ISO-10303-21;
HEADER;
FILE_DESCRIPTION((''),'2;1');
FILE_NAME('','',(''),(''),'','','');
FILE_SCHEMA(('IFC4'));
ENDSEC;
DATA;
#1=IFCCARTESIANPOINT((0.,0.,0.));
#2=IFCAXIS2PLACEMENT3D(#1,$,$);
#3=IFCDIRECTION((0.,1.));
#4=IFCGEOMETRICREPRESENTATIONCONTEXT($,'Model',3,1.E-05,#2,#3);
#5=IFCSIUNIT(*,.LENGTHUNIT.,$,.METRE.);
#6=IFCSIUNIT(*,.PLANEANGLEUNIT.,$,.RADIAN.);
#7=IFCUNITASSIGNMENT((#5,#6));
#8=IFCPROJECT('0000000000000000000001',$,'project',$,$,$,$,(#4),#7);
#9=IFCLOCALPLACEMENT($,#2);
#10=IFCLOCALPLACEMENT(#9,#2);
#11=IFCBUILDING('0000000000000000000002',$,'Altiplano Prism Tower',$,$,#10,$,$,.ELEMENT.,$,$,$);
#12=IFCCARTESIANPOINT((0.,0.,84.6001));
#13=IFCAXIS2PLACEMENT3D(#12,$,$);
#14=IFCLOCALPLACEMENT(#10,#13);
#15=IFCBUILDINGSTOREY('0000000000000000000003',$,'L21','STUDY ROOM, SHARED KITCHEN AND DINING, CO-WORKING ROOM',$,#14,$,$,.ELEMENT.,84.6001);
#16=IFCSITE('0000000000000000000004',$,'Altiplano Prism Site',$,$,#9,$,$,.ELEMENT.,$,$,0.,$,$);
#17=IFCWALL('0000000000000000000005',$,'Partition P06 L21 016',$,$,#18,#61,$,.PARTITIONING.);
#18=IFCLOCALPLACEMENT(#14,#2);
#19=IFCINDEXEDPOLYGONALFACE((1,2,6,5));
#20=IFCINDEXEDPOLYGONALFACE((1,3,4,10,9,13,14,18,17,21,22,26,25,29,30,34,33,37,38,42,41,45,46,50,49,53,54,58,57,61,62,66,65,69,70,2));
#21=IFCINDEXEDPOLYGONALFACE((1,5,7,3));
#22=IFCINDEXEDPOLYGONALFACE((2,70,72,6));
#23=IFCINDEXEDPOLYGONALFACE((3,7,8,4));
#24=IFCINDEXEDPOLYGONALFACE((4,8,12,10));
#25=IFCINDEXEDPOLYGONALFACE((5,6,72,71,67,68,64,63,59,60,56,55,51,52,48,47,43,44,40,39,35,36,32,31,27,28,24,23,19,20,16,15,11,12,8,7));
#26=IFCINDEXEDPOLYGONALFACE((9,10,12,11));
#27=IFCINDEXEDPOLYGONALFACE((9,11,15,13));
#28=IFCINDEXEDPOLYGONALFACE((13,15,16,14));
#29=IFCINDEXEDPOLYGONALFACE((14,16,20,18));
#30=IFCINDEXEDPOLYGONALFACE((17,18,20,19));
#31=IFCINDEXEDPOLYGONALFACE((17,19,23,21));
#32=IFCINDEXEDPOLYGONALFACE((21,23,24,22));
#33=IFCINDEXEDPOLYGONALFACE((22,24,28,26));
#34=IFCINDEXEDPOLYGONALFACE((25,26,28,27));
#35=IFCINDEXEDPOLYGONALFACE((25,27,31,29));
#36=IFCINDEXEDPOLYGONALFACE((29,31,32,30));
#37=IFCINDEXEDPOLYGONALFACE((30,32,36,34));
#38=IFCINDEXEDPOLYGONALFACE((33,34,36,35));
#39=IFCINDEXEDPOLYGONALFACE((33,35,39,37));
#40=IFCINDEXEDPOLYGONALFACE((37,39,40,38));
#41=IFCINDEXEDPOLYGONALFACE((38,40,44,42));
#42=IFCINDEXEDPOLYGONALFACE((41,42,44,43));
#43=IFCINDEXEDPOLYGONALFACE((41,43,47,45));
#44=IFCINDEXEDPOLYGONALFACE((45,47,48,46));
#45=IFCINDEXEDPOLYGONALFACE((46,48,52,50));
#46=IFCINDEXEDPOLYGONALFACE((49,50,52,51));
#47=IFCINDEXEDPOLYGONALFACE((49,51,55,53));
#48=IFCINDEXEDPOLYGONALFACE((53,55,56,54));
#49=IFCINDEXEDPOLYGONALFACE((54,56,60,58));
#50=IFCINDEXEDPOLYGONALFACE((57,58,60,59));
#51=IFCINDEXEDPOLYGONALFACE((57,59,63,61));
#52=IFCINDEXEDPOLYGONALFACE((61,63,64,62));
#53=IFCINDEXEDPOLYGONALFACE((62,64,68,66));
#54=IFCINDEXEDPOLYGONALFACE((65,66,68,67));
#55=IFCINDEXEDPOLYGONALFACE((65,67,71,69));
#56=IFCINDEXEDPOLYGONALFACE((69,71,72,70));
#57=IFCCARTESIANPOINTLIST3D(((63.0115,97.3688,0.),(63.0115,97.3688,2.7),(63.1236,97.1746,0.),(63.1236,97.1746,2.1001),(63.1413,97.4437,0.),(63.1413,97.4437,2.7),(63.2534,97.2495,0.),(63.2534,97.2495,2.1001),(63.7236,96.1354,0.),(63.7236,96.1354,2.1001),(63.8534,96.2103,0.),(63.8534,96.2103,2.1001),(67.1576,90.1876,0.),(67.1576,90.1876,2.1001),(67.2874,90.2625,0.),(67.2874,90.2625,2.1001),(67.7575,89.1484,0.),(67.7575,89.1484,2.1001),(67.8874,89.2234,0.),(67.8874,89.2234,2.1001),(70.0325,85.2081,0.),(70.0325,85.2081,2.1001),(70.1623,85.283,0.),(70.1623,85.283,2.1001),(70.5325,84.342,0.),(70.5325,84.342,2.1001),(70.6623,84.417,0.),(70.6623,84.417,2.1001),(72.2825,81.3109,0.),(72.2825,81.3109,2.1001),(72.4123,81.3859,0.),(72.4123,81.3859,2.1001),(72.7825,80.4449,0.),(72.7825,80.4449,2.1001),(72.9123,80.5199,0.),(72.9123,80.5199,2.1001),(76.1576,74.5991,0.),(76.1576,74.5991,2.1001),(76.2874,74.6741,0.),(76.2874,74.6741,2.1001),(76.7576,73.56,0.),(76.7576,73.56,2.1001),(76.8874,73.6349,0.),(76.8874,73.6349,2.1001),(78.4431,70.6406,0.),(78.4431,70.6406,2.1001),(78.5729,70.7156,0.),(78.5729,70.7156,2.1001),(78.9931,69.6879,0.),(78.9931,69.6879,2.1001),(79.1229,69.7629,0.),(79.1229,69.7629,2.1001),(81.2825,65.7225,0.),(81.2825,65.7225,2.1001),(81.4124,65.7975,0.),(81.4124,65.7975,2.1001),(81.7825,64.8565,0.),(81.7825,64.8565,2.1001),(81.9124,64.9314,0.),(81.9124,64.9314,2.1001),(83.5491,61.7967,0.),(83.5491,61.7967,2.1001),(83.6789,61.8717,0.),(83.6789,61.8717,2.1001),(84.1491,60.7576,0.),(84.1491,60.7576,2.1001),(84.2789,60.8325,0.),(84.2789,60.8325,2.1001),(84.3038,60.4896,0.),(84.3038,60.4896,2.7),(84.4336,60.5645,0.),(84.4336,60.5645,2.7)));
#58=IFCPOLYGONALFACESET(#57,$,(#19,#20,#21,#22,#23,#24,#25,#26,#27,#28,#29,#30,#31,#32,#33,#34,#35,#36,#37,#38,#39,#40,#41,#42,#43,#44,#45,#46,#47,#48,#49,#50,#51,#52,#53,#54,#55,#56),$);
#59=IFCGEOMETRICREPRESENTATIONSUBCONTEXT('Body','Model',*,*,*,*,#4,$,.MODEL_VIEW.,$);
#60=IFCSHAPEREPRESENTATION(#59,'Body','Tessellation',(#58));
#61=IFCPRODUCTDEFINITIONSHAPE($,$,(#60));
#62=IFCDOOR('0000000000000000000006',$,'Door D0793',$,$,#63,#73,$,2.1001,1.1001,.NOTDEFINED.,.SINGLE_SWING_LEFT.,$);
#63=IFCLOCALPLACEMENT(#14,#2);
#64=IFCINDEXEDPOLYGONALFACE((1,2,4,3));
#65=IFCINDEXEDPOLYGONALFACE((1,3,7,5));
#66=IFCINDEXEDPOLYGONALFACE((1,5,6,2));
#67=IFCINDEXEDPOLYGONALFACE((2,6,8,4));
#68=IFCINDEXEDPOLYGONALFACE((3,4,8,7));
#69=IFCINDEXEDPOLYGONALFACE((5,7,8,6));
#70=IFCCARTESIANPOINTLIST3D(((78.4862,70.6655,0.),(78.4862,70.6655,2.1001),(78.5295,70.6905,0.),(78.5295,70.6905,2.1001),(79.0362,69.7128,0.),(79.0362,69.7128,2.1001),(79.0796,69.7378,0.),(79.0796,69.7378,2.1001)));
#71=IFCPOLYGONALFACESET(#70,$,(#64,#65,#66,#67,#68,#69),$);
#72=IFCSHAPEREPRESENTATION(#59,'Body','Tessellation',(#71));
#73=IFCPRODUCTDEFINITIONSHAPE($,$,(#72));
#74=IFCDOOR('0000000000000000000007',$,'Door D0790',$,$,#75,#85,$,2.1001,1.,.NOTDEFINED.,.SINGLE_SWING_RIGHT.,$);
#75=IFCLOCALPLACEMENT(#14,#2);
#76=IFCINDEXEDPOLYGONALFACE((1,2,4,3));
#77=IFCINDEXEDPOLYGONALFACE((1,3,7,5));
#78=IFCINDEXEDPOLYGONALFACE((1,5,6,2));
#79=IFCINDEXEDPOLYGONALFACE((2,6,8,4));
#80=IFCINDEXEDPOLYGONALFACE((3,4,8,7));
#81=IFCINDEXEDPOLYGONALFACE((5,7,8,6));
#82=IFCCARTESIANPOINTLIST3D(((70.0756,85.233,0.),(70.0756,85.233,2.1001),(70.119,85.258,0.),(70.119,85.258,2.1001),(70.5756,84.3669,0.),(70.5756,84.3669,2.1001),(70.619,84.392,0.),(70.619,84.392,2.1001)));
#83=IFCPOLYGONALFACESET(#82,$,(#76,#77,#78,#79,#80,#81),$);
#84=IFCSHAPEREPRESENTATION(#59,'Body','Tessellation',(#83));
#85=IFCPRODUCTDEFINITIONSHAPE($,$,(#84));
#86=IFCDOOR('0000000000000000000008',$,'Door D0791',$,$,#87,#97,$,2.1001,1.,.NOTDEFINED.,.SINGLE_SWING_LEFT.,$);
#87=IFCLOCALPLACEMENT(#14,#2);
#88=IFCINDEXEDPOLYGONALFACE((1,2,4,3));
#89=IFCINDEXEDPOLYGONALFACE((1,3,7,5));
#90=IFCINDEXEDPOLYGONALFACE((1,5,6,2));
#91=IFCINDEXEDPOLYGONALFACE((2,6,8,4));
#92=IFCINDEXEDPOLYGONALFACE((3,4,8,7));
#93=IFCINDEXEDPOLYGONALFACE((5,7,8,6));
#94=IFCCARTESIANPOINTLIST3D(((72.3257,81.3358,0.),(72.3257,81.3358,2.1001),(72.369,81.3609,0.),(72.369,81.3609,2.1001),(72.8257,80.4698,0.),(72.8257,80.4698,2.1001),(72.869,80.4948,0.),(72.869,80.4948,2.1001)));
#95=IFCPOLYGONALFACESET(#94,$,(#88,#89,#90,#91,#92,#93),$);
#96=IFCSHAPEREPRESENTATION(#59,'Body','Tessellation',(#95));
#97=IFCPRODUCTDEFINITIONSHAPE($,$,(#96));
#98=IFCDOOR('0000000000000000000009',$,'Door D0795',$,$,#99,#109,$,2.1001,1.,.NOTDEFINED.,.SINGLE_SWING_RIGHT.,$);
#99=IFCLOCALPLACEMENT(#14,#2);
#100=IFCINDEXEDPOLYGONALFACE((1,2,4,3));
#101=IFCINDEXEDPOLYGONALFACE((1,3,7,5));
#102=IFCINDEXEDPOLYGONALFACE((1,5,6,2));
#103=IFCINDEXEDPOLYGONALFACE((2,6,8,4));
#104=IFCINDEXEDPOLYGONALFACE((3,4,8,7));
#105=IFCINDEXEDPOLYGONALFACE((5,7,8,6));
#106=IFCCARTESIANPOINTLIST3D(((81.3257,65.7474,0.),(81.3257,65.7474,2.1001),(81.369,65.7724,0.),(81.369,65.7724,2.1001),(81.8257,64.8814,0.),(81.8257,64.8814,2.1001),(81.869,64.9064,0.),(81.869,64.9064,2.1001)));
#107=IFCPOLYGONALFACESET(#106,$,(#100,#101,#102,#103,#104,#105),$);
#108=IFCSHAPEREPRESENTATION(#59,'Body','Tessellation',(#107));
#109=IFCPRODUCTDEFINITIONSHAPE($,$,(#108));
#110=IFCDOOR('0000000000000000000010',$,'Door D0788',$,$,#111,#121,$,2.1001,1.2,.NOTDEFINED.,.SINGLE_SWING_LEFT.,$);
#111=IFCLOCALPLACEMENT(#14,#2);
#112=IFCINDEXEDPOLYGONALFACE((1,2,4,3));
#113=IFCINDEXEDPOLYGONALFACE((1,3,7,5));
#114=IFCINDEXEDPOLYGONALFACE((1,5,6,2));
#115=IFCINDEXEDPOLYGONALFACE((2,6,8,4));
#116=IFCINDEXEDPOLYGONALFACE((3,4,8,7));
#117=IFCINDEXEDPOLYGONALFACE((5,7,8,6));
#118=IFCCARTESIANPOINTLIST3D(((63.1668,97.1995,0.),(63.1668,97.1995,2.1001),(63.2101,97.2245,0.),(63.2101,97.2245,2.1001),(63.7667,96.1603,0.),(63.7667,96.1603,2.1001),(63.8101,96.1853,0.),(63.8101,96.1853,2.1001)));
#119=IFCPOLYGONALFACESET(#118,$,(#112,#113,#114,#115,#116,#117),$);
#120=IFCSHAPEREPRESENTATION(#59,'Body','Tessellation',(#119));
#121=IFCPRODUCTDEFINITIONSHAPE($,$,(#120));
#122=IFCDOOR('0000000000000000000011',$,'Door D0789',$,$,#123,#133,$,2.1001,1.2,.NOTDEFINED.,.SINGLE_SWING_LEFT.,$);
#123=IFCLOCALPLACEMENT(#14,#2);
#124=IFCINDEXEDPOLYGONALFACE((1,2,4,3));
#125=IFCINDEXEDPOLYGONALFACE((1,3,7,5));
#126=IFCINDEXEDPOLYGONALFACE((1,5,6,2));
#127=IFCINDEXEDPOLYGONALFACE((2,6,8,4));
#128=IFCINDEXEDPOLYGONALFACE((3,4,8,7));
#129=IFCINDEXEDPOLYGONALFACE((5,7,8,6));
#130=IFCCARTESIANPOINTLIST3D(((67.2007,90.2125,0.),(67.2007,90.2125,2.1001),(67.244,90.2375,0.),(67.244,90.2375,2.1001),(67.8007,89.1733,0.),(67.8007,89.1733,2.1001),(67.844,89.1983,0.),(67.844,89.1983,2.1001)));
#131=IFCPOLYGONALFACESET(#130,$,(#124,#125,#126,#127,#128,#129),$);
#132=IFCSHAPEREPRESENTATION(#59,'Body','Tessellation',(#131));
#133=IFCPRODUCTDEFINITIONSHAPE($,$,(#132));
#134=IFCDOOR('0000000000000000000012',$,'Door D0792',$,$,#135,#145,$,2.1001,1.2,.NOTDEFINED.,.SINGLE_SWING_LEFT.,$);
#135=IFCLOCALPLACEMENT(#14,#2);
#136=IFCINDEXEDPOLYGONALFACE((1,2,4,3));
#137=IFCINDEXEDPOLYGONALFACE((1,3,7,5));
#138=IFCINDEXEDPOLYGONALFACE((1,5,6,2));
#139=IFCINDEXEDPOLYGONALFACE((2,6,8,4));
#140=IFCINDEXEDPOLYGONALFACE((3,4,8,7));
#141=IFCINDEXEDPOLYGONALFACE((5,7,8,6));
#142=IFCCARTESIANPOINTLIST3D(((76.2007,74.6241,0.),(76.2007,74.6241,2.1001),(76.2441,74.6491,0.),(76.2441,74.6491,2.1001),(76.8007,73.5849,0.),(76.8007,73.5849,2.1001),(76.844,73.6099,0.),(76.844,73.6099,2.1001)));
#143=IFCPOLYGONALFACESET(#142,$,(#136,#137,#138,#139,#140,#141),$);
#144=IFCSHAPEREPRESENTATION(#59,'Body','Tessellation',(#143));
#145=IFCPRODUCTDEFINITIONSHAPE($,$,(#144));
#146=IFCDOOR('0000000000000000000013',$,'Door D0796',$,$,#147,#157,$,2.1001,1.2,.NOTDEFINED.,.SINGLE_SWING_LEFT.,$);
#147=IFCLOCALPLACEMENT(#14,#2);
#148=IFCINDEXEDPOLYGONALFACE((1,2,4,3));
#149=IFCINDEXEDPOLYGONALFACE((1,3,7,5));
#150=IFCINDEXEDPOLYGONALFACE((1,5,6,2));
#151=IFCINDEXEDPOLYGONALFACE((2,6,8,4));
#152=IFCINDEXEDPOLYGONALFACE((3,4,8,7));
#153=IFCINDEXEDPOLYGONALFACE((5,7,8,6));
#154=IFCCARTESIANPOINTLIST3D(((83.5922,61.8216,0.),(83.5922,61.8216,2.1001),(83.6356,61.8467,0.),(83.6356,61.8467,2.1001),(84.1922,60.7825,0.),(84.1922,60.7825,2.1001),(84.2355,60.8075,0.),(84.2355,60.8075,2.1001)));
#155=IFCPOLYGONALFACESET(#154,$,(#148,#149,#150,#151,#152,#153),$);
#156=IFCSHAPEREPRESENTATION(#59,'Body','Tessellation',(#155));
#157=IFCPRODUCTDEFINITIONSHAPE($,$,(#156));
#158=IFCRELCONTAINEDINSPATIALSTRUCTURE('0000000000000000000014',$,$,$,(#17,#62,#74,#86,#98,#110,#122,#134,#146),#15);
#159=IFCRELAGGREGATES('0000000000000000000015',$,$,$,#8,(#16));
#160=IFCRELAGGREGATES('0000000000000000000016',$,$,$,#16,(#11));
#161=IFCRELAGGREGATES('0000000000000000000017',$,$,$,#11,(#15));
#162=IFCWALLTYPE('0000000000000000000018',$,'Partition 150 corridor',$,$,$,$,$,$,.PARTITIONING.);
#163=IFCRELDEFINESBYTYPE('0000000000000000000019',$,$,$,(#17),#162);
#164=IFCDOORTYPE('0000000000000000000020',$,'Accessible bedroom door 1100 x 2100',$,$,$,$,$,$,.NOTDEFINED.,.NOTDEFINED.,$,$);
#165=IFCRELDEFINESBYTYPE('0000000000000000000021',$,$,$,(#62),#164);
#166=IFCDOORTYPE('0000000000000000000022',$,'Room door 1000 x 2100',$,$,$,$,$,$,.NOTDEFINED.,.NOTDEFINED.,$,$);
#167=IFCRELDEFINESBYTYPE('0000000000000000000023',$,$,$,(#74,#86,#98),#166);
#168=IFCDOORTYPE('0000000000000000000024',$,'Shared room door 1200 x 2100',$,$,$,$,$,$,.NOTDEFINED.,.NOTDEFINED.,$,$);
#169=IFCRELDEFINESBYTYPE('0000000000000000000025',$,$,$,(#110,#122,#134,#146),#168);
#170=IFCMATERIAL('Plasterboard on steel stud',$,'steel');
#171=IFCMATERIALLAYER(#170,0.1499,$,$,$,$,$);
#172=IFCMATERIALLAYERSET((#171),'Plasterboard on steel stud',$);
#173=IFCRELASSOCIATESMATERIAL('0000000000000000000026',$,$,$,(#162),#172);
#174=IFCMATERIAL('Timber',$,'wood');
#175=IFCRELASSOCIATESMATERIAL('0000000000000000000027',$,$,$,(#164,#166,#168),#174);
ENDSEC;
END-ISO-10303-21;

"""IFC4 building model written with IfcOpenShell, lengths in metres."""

from ifc_helpers import new_model, si_unit, direction, frame, frame_2d, origin, place, context, subcontext, project, spatial, rectangle, extrude, material, layer, layer_set, type_object, element, fill, save


model = new_model("IFC4")

# Units and contexts
model_context = context("Model", 3, precision=1e-05, world=origin(), true_north=direction((0.0, 1.0)))
body_context = subcontext(model_context, "Body", "Model", "MODEL_VIEW")
ifc_project = project(units=[si_unit("LENGTHUNIT", "METRE"), si_unit("PLANEANGLEUNIT", "RADIAN")], contexts=[model_context])

# Site, building, storey
site_placement = place(None, origin())
site = spatial("IfcSite", under=ifc_project, at=site_placement, Name="Altiplano Prism Site", CompositionType="ELEMENT", RefElevation=0.0)
building_placement = place(site_placement, origin())
building = spatial("IfcBuilding", under=site, at=building_placement, Name="Altiplano Prism Tower", CompositionType="ELEMENT")
storey_placement = place(building_placement, frame((0.0, 0.0, 84.6001)))
storey = spatial("IfcBuildingStorey", under=building, at=storey_placement, Name="L21", Description="STUDY ROOM, SHARED KITCHEN AND DINING, CO-WORKING ROOM", CompositionType="ELEMENT", Elevation=84.6001)

# Shared definitions
ifc_material_1 = material(Name="Plasterboard on steel stud", Category="steel")

# Shared definitions
ifc_layer_1 = layer(ifc_material_1, 0.1499)
ifc_layer_set_1 = layer_set([ifc_layer_1], Name="Plasterboard on steel stud")
wall_type_1 = type_object("IfcWallType", Name="Partition 150 corridor", PredefinedType="PARTITIONING", material=ifc_layer_set_1)
ifc_material_2 = material(Name="Timber", Category="wood")

# Wall, openings, doors
wall_1_placement = place(storey_placement, frame((63.0764, 97.4062, 0.0), z_axis=(0.0, 0.0, 1.0), x_axis=(0.500001, -0.866025, 0.0)))
wall_1 = element("IfcWall", 1, at=wall_1_placement, inside=storey, type_object=wall_type_1, Name="Partition P06 L21 016", PredefinedType="PARTITIONING", context=body_context, shape_type="SweptSolid", body=[
    extrude(rectangle(XDim=42.5845, YDim=0.1499, at=frame_2d((21.2922, 0.0))), origin(), (0.0, 0.0, 1.0), 2.7),
])
opening_1_placement = place(wall_1_placement, frame((0.2241, 0.0, 0.0)))
opening_1 = element("IfcOpeningElement", 2, at=opening_1_placement, cuts=wall_1, PredefinedType="OPENING", context=body_context, shape_type="SweptSolid", body=[
    extrude(rectangle(XDim=1.2, YDim=2.1001, at=frame_2d((0.6001, 1.05))), frame((0.0, 0.0854, 0.0), z_axis=(0.0, -1.0, 0.0), x_axis=(1.0, 0.0, 0.0)), (0.0, 0.0, 1.0), 0.1709),
])
opening_2_placement = place(wall_1_placement, frame((8.292, 0.0, 0.0)))
opening_2 = element("IfcOpeningElement", 3, at=opening_2_placement, cuts=wall_1, PredefinedType="OPENING", context=body_context, shape_type="SweptSolid", body=[
    extrude(rectangle(XDim=1.2, YDim=2.1001, at=frame_2d((0.6001, 1.05))), frame((0.0, 0.0854, 0.0), z_axis=(0.0, -1.0, 0.0), x_axis=(1.0, 0.0, 0.0)), (0.0, 0.0, 1.0), 0.1709),
])
opening_3_placement = place(wall_1_placement, frame((14.042, 0.0, 0.0)))
opening_3 = element("IfcOpeningElement", 4, at=opening_3_placement, cuts=wall_1, PredefinedType="OPENING", context=body_context, shape_type="SweptSolid", body=[
    extrude(rectangle(XDim=1.0, YDim=2.1001, at=frame_2d((0.5, 1.05))), frame((0.0, 0.0854, 0.0), z_axis=(0.0, -1.0, 0.0), x_axis=(1.0, 0.0, 0.0)), (0.0, 0.0, 1.0), 0.1709),
])
opening_4_placement = place(wall_1_placement, frame((18.542, 0.0, 0.0)))
opening_4 = element("IfcOpeningElement", 5, at=opening_4_placement, cuts=wall_1, PredefinedType="OPENING", context=body_context, shape_type="SweptSolid", body=[
    extrude(rectangle(XDim=1.0, YDim=2.1001, at=frame_2d((0.5, 1.05))), frame((0.0, 0.0854, 0.0), z_axis=(0.0, -1.0, 0.0), x_axis=(1.0, 0.0, 0.0)), (0.0, 0.0, 1.0), 0.1709),
])
opening_5_placement = place(wall_1_placement, frame((26.292, 0.0, 0.0)))
opening_5 = element("IfcOpeningElement", 6, at=opening_5_placement, cuts=wall_1, PredefinedType="OPENING", context=body_context, shape_type="SweptSolid", body=[
    extrude(rectangle(XDim=1.2, YDim=2.1001, at=frame_2d((0.6001, 1.05))), frame((0.0, 0.0854, 0.0), z_axis=(0.0, -1.0, 0.0), x_axis=(1.0, 0.0, 0.0)), (0.0, 0.0, 1.0), 0.1709),
])
opening_6_placement = place(wall_1_placement, frame((30.863, 0.0, 0.0)))
opening_6 = element("IfcOpeningElement", 7, at=opening_6_placement, cuts=wall_1, PredefinedType="OPENING", context=body_context, shape_type="SweptSolid", body=[
    extrude(rectangle(XDim=1.1001, YDim=2.1001, at=frame_2d((0.55, 1.05))), frame((0.0, 0.0854, 0.0), z_axis=(0.0, -1.0, 0.0), x_axis=(1.0, 0.0, 0.0)), (0.0, 0.0, 1.0), 0.1709),
])
opening_7_placement = place(wall_1_placement, frame((36.542, 0.0, 0.0)))
opening_7 = element("IfcOpeningElement", 8, at=opening_7_placement, cuts=wall_1, PredefinedType="OPENING", context=body_context, shape_type="SweptSolid", body=[
    extrude(rectangle(XDim=1.0, YDim=2.1001, at=frame_2d((0.5, 1.05))), frame((0.0, 0.0854, 0.0), z_axis=(0.0, -1.0, 0.0), x_axis=(1.0, 0.0, 0.0)), (0.0, 0.0, 1.0), 0.1709),
])
opening_8_placement = place(wall_1_placement, frame((41.075, 0.0, 0.0)))
opening_8 = element("IfcOpeningElement", 9, at=opening_8_placement, cuts=wall_1, PredefinedType="OPENING", context=body_context, shape_type="SweptSolid", body=[
    extrude(rectangle(XDim=1.2, YDim=2.1001, at=frame_2d((0.6001, 1.05))), frame((0.0, 0.0854, 0.0), z_axis=(0.0, -1.0, 0.0), x_axis=(1.0, 0.0, 0.0)), (0.0, 0.0, 1.0), 0.1709),
])
door_type_1 = type_object("IfcDoorType", Name="Accessible bedroom door 1100 x 2100", OperationType="NOTDEFINED", PredefinedType="NOTDEFINED", material=ifc_material_2)
door_1_placement = place(opening_6_placement, origin())
door_1 = element("IfcDoor", 10, at=door_1_placement, inside=storey, type_object=door_type_1, Name="Door D0793", OperationType="SINGLE_SWING_LEFT", OverallHeight=2.1001, OverallWidth=1.1001, PredefinedType="NOTDEFINED", context=body_context, shape_type="SweptSolid", body=[
    extrude(rectangle(XDim=1.1001, YDim=2.1001, at=frame_2d((0.55, 1.05))), frame((0.0, 0.0249, 0.0), z_axis=(0.0, -1.0, 0.0), x_axis=(1.0, 0.0, 0.0)), (0.0, 0.0, 1.0), 0.05),
])
fill(opening_6, door_1)
door_type_2 = type_object("IfcDoorType", Name="Room door 1000 x 2100", OperationType="NOTDEFINED", PredefinedType="NOTDEFINED", material=ifc_material_2)
door_2_placement = place(opening_3_placement, origin())
door_2 = element("IfcDoor", 11, at=door_2_placement, inside=storey, type_object=door_type_2, Name="Door D0790", OperationType="SINGLE_SWING_RIGHT", OverallHeight=2.1001, OverallWidth=1.0, PredefinedType="NOTDEFINED", context=body_context, shape_type="SweptSolid", body=[
    extrude(rectangle(XDim=1.0, YDim=2.1001, at=frame_2d((0.5, 1.05))), frame((0.0, 0.0249, 0.0), z_axis=(0.0, -1.0, 0.0), x_axis=(1.0, 0.0, 0.0)), (0.0, 0.0, 1.0), 0.05),
])
fill(opening_3, door_2)
door_3_placement = place(opening_4_placement, origin())
door_3 = element("IfcDoor", 12, at=door_3_placement, inside=storey, type_object=door_type_2, Name="Door D0791", OperationType="SINGLE_SWING_LEFT", OverallHeight=2.1001, OverallWidth=1.0, PredefinedType="NOTDEFINED", context=body_context, shape_type="SweptSolid", body=[
    extrude(rectangle(XDim=1.0, YDim=2.1001, at=frame_2d((0.5, 1.05))), frame((0.0, 0.0249, 0.0), z_axis=(0.0, -1.0, 0.0), x_axis=(1.0, 0.0, 0.0)), (0.0, 0.0, 1.0), 0.05),
])
fill(opening_4, door_3)
door_4_placement = place(opening_7_placement, origin())
door_4 = element("IfcDoor", 13, at=door_4_placement, inside=storey, type_object=door_type_2, Name="Door D0795", OperationType="SINGLE_SWING_RIGHT", OverallHeight=2.1001, OverallWidth=1.0, PredefinedType="NOTDEFINED", context=body_context, shape_type="SweptSolid", body=[
    extrude(rectangle(XDim=1.0, YDim=2.1001, at=frame_2d((0.5, 1.05))), frame((0.0, 0.0249, 0.0), z_axis=(0.0, -1.0, 0.0), x_axis=(1.0, 0.0, 0.0)), (0.0, 0.0, 1.0), 0.05),
])
fill(opening_7, door_4)
door_type_3 = type_object("IfcDoorType", Name="Shared room door 1200 x 2100", OperationType="NOTDEFINED", PredefinedType="NOTDEFINED", material=ifc_material_2)
door_5_placement = place(opening_1_placement, origin())
door_5 = element("IfcDoor", 14, at=door_5_placement, inside=storey, type_object=door_type_3, Name="Door D0788", OperationType="SINGLE_SWING_LEFT", OverallHeight=2.1001, OverallWidth=1.2, PredefinedType="NOTDEFINED", context=body_context, shape_type="SweptSolid", body=[
    extrude(rectangle(XDim=1.2, YDim=2.1001, at=frame_2d((0.6001, 1.05))), frame((0.0, 0.0249, 0.0), z_axis=(0.0, -1.0, 0.0), x_axis=(1.0, 0.0, 0.0)), (0.0, 0.0, 1.0), 0.05),
])
fill(opening_1, door_5)
door_6_placement = place(opening_2_placement, origin())
door_6 = element("IfcDoor", 15, at=door_6_placement, inside=storey, type_object=door_type_3, Name="Door D0789", OperationType="SINGLE_SWING_LEFT", OverallHeight=2.1001, OverallWidth=1.2, PredefinedType="NOTDEFINED", context=body_context, shape_type="SweptSolid", body=[
    extrude(rectangle(XDim=1.2, YDim=2.1001, at=frame_2d((0.6001, 1.05))), frame((0.0, 0.0249, 0.0), z_axis=(0.0, -1.0, 0.0), x_axis=(1.0, 0.0, 0.0)), (0.0, 0.0, 1.0), 0.05),
])
fill(opening_2, door_6)
door_7_placement = place(opening_5_placement, origin())
door_7 = element("IfcDoor", 16, at=door_7_placement, inside=storey, type_object=door_type_3, Name="Door D0792", OperationType="SINGLE_SWING_LEFT", OverallHeight=2.1001, OverallWidth=1.2, PredefinedType="NOTDEFINED", context=body_context, shape_type="SweptSolid", body=[
    extrude(rectangle(XDim=1.2, YDim=2.1001, at=frame_2d((0.6001, 1.05))), frame((0.0, 0.0249, 0.0), z_axis=(0.0, -1.0, 0.0), x_axis=(1.0, 0.0, 0.0)), (0.0, 0.0, 1.0), 0.05),
])
fill(opening_5, door_7)
door_8_placement = place(opening_8_placement, origin())
door_8 = element("IfcDoor", 17, at=door_8_placement, inside=storey, type_object=door_type_3, Name="Door D0796", OperationType="SINGLE_SWING_LEFT", OverallHeight=2.1001, OverallWidth=1.2, PredefinedType="NOTDEFINED", context=body_context, shape_type="SweptSolid", body=[
    extrude(rectangle(XDim=1.2, YDim=2.1001, at=frame_2d((0.6001, 1.05))), frame((0.0, 0.0249, 0.0), z_axis=(0.0, -1.0, 0.0), x_axis=(1.0, 0.0, 0.0)), (0.0, 0.0, 1.0), 0.05),
])
fill(opening_8, door_8)

save(model, "model.ifc")
